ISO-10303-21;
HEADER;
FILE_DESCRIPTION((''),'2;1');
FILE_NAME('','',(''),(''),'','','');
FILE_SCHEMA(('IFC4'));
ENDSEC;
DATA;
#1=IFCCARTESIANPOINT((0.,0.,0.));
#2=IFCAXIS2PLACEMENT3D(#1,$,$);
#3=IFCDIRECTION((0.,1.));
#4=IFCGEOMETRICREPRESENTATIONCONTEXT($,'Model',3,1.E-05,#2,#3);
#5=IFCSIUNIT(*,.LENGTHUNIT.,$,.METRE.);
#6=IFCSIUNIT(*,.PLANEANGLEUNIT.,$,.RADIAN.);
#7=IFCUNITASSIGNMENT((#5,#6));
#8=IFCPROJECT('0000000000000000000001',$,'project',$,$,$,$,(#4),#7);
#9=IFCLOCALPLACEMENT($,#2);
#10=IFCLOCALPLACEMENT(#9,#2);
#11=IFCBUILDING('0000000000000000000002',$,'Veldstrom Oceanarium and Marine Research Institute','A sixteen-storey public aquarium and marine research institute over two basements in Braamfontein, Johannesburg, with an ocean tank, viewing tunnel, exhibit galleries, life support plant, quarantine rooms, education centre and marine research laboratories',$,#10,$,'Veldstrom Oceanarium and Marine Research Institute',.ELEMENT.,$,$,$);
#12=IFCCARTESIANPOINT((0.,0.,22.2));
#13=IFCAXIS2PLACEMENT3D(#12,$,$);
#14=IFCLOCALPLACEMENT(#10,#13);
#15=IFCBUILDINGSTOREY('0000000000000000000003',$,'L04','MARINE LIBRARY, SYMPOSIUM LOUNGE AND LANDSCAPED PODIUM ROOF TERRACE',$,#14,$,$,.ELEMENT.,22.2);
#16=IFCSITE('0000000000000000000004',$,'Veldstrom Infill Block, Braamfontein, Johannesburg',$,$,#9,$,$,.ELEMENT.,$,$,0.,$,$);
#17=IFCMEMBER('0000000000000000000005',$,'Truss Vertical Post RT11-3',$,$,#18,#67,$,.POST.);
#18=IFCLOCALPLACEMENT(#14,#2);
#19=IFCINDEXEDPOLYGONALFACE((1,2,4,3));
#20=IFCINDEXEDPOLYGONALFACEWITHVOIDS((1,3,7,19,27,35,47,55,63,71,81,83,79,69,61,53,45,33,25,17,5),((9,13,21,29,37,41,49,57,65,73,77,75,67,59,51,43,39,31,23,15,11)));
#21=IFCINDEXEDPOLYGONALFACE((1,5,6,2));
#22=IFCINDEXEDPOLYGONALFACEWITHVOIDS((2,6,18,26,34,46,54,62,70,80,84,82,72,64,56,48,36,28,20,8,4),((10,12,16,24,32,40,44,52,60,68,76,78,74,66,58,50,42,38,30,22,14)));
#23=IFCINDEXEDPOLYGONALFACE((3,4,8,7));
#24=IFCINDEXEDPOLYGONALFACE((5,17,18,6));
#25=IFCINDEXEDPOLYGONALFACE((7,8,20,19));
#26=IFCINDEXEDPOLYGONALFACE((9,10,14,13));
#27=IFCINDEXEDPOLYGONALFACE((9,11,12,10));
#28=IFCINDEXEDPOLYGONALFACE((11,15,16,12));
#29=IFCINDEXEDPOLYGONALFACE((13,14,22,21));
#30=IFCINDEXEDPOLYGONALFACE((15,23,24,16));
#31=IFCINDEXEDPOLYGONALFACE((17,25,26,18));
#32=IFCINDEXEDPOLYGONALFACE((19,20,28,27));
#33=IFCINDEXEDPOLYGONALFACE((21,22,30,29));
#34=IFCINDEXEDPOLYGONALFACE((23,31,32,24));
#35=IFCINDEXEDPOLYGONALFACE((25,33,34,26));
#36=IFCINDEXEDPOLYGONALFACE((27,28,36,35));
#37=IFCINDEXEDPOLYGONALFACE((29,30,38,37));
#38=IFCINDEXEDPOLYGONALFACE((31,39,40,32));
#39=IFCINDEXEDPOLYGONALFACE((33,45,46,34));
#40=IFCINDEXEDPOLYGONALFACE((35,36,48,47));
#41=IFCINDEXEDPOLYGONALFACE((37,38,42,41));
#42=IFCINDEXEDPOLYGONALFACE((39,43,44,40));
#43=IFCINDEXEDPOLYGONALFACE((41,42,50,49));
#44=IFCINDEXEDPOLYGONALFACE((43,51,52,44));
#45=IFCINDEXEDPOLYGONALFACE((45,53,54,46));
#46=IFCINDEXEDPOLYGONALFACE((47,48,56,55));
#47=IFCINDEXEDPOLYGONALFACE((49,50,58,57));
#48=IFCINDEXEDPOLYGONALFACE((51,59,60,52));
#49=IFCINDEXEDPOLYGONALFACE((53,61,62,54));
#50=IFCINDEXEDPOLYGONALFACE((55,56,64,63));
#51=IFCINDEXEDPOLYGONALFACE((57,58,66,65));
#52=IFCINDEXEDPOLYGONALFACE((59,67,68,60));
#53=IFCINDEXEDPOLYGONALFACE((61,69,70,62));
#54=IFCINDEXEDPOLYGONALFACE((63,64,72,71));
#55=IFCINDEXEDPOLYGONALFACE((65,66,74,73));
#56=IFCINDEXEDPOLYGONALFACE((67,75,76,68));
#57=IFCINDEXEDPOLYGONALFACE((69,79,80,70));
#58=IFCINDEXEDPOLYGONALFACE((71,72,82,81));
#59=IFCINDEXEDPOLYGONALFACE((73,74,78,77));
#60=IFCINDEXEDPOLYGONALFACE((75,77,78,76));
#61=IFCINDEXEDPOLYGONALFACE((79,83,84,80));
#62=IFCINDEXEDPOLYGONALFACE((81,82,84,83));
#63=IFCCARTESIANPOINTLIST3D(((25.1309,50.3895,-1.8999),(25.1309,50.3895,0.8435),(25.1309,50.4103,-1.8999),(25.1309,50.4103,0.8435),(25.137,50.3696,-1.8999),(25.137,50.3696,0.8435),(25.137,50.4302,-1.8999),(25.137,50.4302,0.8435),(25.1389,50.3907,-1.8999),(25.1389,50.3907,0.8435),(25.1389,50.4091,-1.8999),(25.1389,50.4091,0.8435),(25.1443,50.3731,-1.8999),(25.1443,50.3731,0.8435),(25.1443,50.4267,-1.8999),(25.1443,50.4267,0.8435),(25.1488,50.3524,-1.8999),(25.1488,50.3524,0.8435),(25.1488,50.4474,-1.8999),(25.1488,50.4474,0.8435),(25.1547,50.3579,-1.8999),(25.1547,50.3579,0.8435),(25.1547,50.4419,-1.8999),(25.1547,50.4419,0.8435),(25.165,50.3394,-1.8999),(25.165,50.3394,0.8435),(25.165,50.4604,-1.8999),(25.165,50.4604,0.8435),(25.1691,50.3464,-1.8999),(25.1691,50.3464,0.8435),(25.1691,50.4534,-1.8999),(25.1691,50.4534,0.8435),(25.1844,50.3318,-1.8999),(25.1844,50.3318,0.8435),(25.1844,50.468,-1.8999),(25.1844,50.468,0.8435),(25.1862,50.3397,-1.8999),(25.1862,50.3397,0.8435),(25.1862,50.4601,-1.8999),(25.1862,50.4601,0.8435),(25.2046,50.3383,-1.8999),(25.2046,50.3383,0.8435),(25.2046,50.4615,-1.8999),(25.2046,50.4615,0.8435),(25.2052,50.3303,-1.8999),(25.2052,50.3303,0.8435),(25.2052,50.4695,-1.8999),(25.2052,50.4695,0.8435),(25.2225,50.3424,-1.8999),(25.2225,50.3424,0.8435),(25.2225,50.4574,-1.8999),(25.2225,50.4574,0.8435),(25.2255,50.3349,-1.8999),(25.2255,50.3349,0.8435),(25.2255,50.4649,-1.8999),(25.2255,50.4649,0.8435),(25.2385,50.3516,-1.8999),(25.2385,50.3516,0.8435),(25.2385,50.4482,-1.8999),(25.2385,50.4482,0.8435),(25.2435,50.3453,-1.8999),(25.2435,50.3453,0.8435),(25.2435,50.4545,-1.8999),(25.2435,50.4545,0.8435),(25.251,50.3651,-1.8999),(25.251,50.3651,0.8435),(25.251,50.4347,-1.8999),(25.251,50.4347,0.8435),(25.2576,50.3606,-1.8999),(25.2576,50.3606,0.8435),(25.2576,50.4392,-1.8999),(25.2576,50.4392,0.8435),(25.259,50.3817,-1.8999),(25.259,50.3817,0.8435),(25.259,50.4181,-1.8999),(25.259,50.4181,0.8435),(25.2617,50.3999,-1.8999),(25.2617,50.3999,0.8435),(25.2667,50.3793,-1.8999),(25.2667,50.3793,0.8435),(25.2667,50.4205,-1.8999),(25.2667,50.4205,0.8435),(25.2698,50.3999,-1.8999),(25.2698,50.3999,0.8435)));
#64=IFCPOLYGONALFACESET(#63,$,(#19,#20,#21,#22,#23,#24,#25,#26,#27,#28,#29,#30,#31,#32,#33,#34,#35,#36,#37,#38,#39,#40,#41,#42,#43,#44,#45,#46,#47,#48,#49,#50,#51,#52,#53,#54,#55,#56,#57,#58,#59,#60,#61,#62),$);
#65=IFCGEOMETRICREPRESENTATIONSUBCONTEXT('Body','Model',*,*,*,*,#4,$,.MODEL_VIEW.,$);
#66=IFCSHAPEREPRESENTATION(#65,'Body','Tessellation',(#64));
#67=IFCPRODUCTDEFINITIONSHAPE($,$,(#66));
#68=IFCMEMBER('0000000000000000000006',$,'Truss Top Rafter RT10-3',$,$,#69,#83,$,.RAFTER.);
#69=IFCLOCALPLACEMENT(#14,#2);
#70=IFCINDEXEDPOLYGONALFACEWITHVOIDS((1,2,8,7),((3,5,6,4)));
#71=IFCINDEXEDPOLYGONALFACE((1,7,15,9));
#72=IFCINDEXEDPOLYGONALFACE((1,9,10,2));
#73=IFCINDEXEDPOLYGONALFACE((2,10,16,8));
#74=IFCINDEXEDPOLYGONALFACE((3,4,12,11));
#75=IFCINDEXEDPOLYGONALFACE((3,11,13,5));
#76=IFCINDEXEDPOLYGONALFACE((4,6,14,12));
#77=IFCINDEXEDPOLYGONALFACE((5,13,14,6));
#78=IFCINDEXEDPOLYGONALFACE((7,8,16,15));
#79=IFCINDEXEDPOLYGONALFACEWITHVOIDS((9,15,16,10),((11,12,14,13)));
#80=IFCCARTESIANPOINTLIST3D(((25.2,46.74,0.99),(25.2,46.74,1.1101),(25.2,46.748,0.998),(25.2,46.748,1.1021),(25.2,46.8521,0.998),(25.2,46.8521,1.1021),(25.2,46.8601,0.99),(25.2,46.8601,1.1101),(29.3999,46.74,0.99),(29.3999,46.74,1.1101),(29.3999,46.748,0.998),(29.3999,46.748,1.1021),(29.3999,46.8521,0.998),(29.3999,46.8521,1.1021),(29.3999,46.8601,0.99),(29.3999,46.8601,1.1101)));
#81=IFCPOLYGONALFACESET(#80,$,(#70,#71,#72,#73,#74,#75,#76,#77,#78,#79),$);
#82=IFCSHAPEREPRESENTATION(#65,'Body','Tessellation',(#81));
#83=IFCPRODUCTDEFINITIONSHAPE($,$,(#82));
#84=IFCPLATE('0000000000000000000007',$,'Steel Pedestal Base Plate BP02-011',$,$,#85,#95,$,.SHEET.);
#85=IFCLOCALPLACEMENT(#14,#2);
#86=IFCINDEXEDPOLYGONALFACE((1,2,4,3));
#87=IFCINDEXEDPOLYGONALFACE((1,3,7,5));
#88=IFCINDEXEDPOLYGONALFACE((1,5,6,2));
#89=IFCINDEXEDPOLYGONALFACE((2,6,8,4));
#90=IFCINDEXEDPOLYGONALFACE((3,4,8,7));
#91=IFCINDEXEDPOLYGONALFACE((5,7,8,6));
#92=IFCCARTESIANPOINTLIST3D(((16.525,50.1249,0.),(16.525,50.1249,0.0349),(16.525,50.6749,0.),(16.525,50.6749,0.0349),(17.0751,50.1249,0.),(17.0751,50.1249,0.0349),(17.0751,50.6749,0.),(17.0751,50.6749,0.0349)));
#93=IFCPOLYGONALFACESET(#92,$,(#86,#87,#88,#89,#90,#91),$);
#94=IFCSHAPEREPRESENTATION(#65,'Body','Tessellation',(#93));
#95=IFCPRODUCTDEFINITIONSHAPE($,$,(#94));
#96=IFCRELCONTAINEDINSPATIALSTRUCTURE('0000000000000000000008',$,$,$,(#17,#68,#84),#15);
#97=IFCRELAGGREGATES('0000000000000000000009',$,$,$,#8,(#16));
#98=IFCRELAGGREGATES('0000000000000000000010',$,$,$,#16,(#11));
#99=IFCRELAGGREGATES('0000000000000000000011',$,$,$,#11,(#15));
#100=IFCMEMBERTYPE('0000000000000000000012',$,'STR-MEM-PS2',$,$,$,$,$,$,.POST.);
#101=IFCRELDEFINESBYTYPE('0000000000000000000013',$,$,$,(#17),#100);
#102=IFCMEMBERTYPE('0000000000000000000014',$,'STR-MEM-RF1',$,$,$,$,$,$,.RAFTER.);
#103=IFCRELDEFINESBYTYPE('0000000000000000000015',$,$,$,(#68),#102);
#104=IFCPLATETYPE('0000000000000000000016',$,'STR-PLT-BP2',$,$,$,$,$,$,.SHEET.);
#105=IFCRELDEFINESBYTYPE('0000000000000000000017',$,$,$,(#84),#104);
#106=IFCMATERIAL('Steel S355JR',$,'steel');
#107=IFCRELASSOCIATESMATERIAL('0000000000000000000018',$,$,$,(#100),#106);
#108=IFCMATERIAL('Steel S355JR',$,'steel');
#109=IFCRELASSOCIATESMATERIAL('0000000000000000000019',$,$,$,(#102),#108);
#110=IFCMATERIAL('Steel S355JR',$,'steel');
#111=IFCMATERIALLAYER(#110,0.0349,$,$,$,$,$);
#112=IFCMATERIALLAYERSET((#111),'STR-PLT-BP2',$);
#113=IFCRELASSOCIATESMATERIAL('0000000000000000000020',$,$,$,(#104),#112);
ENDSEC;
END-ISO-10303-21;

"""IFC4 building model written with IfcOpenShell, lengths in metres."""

from ifc_helpers import new_model, si_unit, direction, frame, origin, origin_2d, place, context, subcontext, project, spatial, rectangle, hollow_rectangle, hollow_circle, extrude, material, layer, layer_set, material_profile, profile_set, type_object, element, save


model = new_model("IFC4")

# Units and contexts
model_context = context("Model", 3, precision=1e-05, world=origin(), true_north=direction((0.0, 1.0)))
body_context = subcontext(model_context, "Body", "Model", "MODEL_VIEW")
ifc_project = project(units=[si_unit("LENGTHUNIT", "METRE"), si_unit("PLANEANGLEUNIT", "RADIAN")], contexts=[model_context])

# Site, building, storey
site_placement = place(None, origin())
site = spatial("IfcSite", under=ifc_project, at=site_placement, Name="Veldstrom Infill Block, Braamfontein, Johannesburg", CompositionType="ELEMENT", RefElevation=0.0)
building_placement = place(site_placement, origin())
building = spatial("IfcBuilding", under=site, at=building_placement, Name="Veldstrom Oceanarium and Marine Research Institute", Description="A sixteen-storey public aquarium and marine research institute over two basements in Braamfontein, Johannesburg, with an ocean tank, viewing tunnel, exhibit galleries, life support plant, quarantine rooms, education centre and marine research laboratories", LongName="Veldstrom Oceanarium and Marine Research Institute", CompositionType="ELEMENT")
storey_placement = place(building_placement, frame((0.0, 0.0, 22.2)))
storey = spatial("IfcBuildingStorey", under=building, at=storey_placement, Name="L04", Description="MARINE LIBRARY, SYMPOSIUM LOUNGE AND LANDSCAPED PODIUM ROOF TERRACE", CompositionType="ELEMENT", Elevation=22.2)

# Members
ifc_material_1 = material(Name="Steel S355JR", Category="steel")
ifc_material_profile_1 = material_profile(ifc_material_1, hollow_circle(Radius=0.0698, WallThickness=0.0081, at=origin_2d()), Name="CHS 139.7x8")
ifc_profile_set_1 = profile_set([ifc_material_profile_1], Name="Steel S355JR")
member_type_1 = type_object("IfcMemberType", Name="STR-MEM-PS2", PredefinedType="POST", material=ifc_profile_set_1)
for number, where, z_axis, x_axis, name in (
    (1, (25.2, 50.3999, -1.8999), (0.0, 0.0, 1.0), (1.0, 0.0, 0.0), "Truss Vertical Post RT11-3"),
):
    element("IfcMember", number, at=place(storey_placement, frame(where, z_axis=z_axis, x_axis=x_axis)), inside=storey, type_object=member_type_1, Name=name, PredefinedType="POST", context=body_context, shape_type="SweptSolid", body=[
        extrude(hollow_circle(Radius=0.0698, WallThickness=0.0081, at=origin_2d()), origin(), (0.0, 0.0, 1.0), 2.7434),
    ])
ifc_material_2 = material(Name="Steel S355JR", Category="steel")
ifc_material_profile_2 = material_profile(ifc_material_2, hollow_rectangle(XDim=0.1201, YDim=0.1201, WallThickness=0.0081, at=origin_2d()), Name="SHS 120x120x8")
ifc_profile_set_2 = profile_set([ifc_material_profile_2], Name="Steel S355JR")
member_type_2 = type_object("IfcMemberType", Name="STR-MEM-RF1", PredefinedType="RAFTER", material=ifc_profile_set_2)
member_1_placement = place(storey_placement, frame((25.2, 46.8, 1.05), z_axis=(1.0, 0.0, 0.0), x_axis=(0.0, 1.0, 0.0)))
element("IfcMember", 2, at=member_1_placement, inside=storey, type_object=member_type_2, Name="Truss Top Rafter RT10-3", PredefinedType="RAFTER", context=body_context, shape_type="SweptSolid", body=[
    extrude(hollow_rectangle(XDim=0.1201, YDim=0.1201, WallThickness=0.0081, at=origin_2d()), origin(), (0.0, 0.0, 1.0), 4.2),
])

# Plate
ifc_material_3 = material(Name="Steel S355JR", Category="steel")
ifc_layer = layer(ifc_material_3, 0.0349)
ifc_layer_set = layer_set([ifc_layer], Name="STR-PLT-BP2")
plate_type = type_object("IfcPlateType", Name="STR-PLT-BP2", PredefinedType="SHEET", material=ifc_layer_set)
plate_placement = place(storey_placement, frame((16.8, 50.3999, 0.0), z_axis=(0.0, 0.0, 1.0), x_axis=(1.0, 0.0, 0.0)))
element("IfcPlate", 3, at=plate_placement, inside=storey, type_object=plate_type, Name="Steel Pedestal Base Plate BP02-011", PredefinedType="SHEET", context=body_context, shape_type="SweptSolid", body=[
    extrude(rectangle(XDim=0.55, YDim=0.55, at=origin_2d()), origin(), (0.0, 0.0, 1.0), 0.0349),
])

save(model, "model.ifc")
